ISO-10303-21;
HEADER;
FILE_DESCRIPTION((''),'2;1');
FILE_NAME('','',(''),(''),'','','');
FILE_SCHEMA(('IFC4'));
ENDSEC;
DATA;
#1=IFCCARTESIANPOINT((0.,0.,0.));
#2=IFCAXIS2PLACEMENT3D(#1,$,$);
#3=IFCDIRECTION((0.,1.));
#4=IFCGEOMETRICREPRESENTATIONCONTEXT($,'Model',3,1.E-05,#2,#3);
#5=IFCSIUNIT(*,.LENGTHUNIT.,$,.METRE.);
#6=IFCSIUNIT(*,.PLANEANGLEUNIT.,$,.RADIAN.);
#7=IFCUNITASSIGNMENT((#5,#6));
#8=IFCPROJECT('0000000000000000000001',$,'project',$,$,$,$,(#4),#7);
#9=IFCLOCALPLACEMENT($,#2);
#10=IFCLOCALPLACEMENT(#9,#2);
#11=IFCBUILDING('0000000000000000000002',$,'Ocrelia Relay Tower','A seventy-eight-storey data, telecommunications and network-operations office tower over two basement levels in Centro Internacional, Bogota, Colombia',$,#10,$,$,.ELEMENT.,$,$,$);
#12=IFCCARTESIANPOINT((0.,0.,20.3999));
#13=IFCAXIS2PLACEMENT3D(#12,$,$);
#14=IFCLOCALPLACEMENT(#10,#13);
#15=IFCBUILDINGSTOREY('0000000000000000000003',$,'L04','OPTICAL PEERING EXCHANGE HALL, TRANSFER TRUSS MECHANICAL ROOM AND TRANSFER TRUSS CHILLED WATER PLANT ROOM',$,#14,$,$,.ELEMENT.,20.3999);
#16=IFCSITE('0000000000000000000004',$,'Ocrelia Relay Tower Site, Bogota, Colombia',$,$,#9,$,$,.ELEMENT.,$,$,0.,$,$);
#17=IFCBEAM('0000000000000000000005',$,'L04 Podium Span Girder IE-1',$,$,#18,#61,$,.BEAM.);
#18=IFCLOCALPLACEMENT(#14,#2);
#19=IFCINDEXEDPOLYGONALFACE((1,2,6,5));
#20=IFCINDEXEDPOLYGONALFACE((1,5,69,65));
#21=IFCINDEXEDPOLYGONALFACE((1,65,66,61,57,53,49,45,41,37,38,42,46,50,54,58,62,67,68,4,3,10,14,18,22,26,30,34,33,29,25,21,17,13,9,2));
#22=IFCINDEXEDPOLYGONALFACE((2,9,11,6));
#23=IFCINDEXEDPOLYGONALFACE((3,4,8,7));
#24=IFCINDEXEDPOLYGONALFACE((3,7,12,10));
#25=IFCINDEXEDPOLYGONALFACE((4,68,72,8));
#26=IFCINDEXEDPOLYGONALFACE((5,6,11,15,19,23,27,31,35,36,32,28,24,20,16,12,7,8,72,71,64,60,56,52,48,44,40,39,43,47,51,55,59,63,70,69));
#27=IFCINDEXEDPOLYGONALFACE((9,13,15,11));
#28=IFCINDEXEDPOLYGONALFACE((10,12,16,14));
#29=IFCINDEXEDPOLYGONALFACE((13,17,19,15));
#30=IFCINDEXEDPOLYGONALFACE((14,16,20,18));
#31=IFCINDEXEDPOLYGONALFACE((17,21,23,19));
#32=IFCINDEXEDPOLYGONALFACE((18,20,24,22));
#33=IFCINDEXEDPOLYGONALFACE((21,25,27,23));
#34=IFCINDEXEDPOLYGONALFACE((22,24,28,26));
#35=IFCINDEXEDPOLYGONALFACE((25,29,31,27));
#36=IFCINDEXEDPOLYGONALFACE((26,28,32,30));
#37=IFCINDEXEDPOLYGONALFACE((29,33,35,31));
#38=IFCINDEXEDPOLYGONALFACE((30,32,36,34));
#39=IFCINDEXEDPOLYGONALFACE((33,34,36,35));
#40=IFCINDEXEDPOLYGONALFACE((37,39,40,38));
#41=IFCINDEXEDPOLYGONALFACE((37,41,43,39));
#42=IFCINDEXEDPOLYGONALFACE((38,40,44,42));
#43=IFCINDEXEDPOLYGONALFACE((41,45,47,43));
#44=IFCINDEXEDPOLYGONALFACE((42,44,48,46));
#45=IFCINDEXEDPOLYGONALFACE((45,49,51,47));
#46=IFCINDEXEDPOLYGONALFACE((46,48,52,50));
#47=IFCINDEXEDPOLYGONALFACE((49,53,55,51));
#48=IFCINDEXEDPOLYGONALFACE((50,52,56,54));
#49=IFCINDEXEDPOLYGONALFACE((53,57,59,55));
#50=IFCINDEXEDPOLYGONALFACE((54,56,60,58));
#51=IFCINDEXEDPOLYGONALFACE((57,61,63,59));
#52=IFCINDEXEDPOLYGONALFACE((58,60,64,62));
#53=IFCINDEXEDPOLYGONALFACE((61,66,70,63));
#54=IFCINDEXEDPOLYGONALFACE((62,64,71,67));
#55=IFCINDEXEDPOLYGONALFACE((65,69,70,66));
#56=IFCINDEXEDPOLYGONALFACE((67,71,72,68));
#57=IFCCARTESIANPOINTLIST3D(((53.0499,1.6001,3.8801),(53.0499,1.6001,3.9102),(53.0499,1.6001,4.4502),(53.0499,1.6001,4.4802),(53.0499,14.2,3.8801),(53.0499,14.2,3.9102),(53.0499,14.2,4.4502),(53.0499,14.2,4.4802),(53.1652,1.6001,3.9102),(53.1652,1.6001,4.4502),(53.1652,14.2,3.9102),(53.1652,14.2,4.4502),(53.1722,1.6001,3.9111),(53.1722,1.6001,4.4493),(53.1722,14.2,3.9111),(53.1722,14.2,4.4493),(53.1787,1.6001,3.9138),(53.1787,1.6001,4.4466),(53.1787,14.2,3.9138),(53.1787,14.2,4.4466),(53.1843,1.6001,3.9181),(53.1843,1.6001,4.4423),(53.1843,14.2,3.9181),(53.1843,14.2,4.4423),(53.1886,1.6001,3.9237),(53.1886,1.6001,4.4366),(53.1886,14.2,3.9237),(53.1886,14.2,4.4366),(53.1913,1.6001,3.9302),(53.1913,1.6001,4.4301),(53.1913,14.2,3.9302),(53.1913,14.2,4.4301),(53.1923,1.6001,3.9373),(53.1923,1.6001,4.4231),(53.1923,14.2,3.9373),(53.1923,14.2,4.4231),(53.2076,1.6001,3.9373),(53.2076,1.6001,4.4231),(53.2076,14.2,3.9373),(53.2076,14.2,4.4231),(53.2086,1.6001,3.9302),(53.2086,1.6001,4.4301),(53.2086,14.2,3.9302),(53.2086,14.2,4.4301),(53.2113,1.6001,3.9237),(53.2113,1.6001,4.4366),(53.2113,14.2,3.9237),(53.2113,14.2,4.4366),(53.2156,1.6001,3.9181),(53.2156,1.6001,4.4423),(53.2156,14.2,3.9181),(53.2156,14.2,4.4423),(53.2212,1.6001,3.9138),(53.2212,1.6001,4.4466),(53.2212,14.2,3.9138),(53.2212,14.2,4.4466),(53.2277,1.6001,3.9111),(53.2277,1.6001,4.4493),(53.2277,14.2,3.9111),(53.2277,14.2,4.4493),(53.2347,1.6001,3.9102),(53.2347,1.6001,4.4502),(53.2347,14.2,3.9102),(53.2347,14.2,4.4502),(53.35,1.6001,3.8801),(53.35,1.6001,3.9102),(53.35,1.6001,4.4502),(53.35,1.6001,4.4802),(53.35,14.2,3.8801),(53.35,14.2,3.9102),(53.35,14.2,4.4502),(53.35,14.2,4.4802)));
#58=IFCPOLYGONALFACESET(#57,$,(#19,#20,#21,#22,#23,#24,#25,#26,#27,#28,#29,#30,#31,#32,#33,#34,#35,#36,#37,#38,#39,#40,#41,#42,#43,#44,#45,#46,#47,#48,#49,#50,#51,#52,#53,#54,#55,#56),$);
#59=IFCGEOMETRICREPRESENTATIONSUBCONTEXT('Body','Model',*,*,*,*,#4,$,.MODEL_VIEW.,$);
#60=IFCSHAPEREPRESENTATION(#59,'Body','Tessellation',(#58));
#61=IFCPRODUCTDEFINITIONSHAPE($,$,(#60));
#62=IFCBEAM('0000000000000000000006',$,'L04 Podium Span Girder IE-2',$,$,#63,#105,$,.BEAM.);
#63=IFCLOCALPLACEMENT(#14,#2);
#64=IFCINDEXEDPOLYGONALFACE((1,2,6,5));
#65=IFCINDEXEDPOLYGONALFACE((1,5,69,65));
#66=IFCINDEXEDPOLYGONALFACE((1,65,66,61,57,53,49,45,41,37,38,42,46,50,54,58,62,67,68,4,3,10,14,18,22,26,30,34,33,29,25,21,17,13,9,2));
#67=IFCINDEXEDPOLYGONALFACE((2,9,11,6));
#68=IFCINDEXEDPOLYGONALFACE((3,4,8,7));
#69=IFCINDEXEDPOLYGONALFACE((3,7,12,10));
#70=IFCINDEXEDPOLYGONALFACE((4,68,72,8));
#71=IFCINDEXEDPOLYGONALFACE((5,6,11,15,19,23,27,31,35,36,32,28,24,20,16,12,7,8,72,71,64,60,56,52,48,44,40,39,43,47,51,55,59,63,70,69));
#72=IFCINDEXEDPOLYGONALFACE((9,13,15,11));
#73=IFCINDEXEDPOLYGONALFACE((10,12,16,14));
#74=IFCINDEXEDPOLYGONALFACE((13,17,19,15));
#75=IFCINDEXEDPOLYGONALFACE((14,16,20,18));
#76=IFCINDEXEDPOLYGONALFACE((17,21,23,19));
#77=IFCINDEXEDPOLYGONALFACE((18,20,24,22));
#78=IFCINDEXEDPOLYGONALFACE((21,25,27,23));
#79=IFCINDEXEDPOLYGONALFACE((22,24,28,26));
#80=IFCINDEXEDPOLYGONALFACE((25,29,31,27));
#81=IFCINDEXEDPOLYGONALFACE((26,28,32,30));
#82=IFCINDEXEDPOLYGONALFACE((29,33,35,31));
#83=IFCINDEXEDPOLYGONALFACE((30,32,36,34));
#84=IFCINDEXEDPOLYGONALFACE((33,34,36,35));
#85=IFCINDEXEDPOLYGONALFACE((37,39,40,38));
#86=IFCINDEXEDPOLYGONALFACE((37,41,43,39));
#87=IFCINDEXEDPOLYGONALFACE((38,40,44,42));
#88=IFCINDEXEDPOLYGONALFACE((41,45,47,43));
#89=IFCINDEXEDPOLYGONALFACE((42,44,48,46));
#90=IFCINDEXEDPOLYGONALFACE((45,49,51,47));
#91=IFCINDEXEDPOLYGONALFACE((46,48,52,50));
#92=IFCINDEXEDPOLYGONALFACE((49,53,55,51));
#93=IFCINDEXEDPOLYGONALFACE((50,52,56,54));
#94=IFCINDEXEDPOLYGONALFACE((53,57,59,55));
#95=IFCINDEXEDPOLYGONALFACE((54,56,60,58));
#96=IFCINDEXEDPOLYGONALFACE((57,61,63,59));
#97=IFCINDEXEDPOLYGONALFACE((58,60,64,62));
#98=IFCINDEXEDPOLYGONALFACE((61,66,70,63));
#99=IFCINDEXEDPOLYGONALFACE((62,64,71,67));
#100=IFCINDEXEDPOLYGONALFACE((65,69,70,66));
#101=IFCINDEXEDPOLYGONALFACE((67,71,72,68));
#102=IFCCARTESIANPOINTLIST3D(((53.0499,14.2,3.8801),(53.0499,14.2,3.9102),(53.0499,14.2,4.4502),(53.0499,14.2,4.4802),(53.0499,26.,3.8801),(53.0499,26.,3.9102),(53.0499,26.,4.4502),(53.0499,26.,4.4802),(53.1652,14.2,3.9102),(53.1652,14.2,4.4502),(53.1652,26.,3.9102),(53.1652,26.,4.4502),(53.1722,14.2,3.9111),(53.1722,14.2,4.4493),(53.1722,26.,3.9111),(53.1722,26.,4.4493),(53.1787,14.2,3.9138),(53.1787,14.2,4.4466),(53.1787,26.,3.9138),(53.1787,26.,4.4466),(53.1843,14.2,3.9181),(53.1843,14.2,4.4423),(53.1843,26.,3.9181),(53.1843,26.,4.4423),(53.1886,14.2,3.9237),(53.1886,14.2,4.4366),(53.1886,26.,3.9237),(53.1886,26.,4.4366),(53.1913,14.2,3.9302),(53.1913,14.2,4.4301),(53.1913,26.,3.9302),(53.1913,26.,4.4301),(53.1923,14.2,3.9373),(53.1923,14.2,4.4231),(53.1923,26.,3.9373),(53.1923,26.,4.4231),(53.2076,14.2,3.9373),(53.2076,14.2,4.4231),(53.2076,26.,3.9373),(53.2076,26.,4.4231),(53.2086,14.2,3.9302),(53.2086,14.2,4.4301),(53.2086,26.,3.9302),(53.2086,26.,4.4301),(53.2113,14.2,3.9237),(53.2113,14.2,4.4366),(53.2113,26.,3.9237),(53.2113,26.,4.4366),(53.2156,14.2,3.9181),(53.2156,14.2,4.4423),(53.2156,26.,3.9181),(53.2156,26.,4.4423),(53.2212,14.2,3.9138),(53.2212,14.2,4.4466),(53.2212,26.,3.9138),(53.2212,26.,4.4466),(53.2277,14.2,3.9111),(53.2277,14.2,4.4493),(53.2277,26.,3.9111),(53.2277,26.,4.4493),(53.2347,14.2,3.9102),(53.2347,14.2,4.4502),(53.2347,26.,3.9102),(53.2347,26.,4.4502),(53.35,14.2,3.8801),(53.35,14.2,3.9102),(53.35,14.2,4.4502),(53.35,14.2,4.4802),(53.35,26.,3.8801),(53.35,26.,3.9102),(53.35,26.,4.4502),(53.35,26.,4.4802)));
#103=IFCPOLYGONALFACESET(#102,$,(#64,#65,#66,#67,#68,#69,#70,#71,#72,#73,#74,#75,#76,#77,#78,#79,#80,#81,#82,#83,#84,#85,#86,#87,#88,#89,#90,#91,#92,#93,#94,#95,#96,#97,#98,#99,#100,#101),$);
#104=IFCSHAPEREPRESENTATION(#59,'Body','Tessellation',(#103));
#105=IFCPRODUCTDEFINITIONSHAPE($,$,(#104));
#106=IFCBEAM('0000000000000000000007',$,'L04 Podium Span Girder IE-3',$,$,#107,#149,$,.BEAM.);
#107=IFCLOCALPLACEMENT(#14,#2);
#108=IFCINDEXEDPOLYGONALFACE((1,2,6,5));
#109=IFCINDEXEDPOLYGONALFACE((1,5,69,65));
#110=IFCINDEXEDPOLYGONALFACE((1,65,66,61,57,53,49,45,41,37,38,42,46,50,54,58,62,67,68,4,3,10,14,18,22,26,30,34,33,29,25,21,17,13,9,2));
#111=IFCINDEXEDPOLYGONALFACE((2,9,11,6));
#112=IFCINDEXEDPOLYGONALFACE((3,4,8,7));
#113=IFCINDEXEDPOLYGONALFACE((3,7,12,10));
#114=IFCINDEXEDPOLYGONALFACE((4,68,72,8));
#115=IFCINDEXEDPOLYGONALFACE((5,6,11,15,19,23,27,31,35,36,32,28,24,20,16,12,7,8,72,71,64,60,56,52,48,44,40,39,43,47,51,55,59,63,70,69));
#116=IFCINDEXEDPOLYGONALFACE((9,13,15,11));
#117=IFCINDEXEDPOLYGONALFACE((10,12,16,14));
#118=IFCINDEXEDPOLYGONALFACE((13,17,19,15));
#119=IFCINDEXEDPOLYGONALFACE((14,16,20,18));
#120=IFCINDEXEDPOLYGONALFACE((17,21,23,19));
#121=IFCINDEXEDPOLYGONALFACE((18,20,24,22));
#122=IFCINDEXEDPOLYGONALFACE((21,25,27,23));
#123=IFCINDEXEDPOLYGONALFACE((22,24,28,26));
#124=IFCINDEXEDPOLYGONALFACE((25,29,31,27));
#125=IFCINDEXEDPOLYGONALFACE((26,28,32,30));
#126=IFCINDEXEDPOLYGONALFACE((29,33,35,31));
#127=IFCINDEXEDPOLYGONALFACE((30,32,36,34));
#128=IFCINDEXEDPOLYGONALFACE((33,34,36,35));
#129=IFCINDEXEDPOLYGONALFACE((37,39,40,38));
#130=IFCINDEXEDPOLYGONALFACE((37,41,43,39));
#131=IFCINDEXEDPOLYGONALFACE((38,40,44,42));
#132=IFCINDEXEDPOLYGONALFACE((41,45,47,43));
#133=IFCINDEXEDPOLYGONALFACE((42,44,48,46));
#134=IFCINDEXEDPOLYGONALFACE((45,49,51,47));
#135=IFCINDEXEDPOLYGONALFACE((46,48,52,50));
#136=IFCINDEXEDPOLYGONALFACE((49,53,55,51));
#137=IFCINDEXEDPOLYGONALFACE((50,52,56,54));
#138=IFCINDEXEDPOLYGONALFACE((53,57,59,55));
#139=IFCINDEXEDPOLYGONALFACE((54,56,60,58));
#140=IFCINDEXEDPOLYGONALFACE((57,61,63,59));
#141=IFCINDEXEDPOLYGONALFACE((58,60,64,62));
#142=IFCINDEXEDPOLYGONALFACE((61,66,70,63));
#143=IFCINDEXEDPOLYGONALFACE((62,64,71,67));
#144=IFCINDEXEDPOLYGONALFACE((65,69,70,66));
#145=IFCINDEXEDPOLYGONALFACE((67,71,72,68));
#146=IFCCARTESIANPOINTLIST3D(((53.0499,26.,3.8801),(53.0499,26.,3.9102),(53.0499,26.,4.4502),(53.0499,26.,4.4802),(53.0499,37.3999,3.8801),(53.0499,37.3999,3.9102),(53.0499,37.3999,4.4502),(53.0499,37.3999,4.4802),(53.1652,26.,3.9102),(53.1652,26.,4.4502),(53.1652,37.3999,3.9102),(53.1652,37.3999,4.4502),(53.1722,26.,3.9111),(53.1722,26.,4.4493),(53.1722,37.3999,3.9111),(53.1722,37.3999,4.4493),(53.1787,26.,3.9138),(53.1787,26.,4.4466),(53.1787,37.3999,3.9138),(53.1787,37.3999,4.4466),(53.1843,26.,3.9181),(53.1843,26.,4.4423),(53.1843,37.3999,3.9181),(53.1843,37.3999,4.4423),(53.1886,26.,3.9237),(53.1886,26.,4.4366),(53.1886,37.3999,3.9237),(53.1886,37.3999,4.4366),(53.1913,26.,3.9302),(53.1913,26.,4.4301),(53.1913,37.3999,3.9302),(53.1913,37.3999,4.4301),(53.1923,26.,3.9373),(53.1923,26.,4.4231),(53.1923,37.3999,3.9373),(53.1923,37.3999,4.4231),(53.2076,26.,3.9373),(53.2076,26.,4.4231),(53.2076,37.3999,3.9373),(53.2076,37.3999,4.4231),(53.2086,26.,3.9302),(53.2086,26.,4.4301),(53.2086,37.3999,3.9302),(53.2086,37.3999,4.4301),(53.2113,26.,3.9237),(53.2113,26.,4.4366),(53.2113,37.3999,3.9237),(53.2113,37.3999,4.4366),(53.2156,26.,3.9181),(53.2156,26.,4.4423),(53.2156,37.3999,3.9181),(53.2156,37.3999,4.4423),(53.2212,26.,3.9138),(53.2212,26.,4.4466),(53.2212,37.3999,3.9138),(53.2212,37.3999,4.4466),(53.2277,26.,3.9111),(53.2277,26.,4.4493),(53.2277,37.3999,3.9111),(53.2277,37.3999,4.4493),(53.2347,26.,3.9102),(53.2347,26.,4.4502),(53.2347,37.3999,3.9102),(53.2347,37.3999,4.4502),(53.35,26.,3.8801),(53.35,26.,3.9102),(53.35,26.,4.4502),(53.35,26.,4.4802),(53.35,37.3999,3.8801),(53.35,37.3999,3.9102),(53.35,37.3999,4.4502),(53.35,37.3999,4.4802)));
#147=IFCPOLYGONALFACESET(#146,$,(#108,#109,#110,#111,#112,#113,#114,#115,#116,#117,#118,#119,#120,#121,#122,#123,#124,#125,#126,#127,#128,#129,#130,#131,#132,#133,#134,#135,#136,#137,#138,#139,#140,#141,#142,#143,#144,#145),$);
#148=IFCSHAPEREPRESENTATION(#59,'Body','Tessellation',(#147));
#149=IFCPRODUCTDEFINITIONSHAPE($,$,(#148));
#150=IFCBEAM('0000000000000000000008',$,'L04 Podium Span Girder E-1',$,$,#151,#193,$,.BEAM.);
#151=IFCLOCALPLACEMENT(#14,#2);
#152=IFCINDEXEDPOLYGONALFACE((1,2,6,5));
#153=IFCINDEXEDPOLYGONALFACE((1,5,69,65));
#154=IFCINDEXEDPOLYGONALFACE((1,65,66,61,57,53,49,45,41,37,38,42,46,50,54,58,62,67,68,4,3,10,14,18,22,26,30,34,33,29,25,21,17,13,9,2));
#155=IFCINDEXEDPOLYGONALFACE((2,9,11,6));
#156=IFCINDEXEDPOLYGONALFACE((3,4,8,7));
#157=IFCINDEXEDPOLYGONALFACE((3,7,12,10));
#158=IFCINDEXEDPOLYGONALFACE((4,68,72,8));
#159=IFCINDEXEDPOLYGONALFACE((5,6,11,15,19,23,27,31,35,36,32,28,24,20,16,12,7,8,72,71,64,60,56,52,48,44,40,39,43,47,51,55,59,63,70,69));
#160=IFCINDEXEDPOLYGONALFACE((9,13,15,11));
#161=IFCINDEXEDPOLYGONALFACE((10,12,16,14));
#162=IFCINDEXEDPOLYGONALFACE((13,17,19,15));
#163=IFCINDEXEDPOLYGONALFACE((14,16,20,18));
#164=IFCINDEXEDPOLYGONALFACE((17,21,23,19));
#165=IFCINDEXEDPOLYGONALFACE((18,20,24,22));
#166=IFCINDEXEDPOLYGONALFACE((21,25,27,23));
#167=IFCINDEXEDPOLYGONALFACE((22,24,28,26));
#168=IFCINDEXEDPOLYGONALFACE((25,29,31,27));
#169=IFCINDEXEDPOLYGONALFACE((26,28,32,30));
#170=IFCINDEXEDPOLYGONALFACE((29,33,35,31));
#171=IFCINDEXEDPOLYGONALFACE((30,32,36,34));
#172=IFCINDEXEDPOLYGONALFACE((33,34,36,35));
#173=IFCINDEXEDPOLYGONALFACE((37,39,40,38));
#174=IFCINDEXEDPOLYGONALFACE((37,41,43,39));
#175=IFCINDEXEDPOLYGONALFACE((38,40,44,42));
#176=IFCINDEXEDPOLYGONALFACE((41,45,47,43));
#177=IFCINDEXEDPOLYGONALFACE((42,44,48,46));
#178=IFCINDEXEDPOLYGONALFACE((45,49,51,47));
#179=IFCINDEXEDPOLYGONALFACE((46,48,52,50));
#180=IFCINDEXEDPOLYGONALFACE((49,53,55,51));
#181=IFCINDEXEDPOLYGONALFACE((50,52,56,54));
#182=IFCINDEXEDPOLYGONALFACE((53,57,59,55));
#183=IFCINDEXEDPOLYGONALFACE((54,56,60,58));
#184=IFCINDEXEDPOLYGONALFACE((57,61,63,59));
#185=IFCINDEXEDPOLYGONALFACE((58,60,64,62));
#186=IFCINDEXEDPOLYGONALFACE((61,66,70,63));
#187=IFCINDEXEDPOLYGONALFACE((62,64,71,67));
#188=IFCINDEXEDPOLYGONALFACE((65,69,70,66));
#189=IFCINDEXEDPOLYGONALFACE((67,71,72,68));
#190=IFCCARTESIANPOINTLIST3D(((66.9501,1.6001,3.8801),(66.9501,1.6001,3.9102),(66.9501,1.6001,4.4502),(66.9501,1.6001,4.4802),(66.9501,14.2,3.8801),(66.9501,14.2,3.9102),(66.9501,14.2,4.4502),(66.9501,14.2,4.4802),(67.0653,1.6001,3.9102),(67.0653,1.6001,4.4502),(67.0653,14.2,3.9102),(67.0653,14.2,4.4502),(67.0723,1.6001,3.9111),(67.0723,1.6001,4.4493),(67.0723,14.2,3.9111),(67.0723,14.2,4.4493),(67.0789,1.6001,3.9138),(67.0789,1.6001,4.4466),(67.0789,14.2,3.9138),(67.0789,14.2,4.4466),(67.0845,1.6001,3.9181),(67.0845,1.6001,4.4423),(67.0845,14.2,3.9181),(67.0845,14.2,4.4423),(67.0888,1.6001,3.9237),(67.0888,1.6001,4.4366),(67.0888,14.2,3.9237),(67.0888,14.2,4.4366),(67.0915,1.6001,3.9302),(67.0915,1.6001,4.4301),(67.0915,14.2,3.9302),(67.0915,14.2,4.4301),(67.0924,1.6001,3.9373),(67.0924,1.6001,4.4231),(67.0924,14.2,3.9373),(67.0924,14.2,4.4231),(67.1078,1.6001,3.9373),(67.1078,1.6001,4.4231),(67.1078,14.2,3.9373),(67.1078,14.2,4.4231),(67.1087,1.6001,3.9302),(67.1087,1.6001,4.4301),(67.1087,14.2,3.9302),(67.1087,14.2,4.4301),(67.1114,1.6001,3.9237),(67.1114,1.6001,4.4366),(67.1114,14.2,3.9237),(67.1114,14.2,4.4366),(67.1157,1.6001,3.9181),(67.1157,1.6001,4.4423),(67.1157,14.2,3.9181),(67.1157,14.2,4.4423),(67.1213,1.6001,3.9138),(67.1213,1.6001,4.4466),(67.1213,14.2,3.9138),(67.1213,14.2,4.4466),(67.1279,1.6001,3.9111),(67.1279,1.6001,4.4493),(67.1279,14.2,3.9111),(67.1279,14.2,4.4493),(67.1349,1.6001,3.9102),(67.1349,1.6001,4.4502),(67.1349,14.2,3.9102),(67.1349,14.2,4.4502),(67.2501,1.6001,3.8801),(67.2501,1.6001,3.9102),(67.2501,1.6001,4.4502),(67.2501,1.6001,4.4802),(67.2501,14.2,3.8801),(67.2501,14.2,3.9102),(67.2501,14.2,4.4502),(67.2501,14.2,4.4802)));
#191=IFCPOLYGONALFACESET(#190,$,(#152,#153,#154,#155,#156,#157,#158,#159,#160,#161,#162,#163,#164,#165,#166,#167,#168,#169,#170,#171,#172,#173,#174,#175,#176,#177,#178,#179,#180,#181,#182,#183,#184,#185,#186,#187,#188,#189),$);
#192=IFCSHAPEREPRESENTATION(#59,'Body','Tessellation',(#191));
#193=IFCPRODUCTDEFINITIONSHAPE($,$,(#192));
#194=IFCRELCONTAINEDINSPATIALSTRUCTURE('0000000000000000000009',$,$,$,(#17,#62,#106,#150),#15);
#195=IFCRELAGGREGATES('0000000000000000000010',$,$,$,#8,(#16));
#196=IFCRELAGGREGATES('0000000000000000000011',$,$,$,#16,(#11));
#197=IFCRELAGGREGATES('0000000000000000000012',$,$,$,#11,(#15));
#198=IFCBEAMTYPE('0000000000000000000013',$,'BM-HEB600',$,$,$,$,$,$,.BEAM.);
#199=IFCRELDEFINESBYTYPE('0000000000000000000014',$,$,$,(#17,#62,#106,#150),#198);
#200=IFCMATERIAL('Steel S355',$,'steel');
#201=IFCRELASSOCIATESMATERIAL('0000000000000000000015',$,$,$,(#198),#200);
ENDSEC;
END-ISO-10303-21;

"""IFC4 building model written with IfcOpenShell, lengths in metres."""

from ifc_helpers import new_model, si_unit, direction, frame, origin, origin_2d, place, context, subcontext, project, spatial, i_section, extrude, material, material_profile, profile_set, type_object, element, save


model = new_model("IFC4")

# Units and contexts
model_context = context("Model", 3, precision=1e-05, world=origin(), true_north=direction((0.0, 1.0)))
body_context = subcontext(model_context, "Body", "Model", "MODEL_VIEW")
ifc_project = project(units=[si_unit("LENGTHUNIT", "METRE"), si_unit("PLANEANGLEUNIT", "RADIAN")], contexts=[model_context])

# Site, building, storey
site_placement = place(None, origin())
site = spatial("IfcSite", under=ifc_project, at=site_placement, Name="Ocrelia Relay Tower Site, Bogota, Colombia", CompositionType="ELEMENT", RefElevation=0.0)
building_placement = place(site_placement, origin())
building = spatial("IfcBuilding", under=site, at=building_placement, Name="Ocrelia Relay Tower", Description="A seventy-eight-storey data, telecommunications and network-operations office tower over two basement levels in Centro Internacional, Bogota, Colombia", CompositionType="ELEMENT")
storey_placement = place(building_placement, frame((0.0, 0.0, 20.3999)))
storey = spatial("IfcBuildingStorey", under=building, at=storey_placement, Name="L04", Description="OPTICAL PEERING EXCHANGE HALL, TRANSFER TRUSS MECHANICAL ROOM AND TRANSFER TRUSS CHILLED WATER PLANT ROOM", CompositionType="ELEMENT", Elevation=20.3999)

# Beams
ifc_material_1 = material(Name="Steel S355", Category="steel")
ifc_material_profile_1 = material_profile(ifc_material_1, i_section(OverallWidth=0.3, OverallDepth=0.6001, WebThickness=0.0154, FlangeThickness=0.03, FilletRadius=0.0271, at=origin_2d()), Name="HEB 600")
ifc_profile_set_1 = profile_set([ifc_material_profile_1], Name="Steel S355")
beam_type_1 = type_object("IfcBeamType", Name="BM-HEB600", PredefinedType="BEAM", material=ifc_profile_set_1)
beam_1_placement = place(storey_placement, frame((53.2, 1.6001, 4.1802), z_axis=(0.0, 1.0, 0.0), x_axis=(-1.0, 0.0, 0.0)))
element("IfcBeam", 1, at=beam_1_placement, inside=storey, type_object=beam_type_1, Name="L04 Podium Span Girder IE-1", PredefinedType="BEAM", context=body_context, shape_type="SweptSolid", body=[
    extrude(i_section(OverallWidth=0.3, OverallDepth=0.6001, WebThickness=0.0154, FlangeThickness=0.03, FilletRadius=0.0271, at=origin_2d()), origin(), (0.0, 0.0, 1.0), 12.5999),
])
beam_2_placement = place(storey_placement, frame((53.2, 14.2, 4.1802), z_axis=(0.0, 1.0, 0.0), x_axis=(-1.0, 0.0, 0.0)))
element("IfcBeam", 2, at=beam_2_placement, inside=storey, type_object=beam_type_1, Name="L04 Podium Span Girder IE-2", PredefinedType="BEAM", context=body_context, shape_type="SweptSolid", body=[
    extrude(i_section(OverallWidth=0.3, OverallDepth=0.6001, WebThickness=0.0154, FlangeThickness=0.03, FilletRadius=0.0271, at=origin_2d()), origin(), (0.0, 0.0, 1.0), 11.8),
])
beam_3_placement = place(storey_placement, frame((53.2, 26.0, 4.1802), z_axis=(0.0, 1.0, 0.0), x_axis=(-1.0, 0.0, 0.0)))
element("IfcBeam", 3, at=beam_3_placement, inside=storey, type_object=beam_type_1, Name="L04 Podium Span Girder IE-3", PredefinedType="BEAM", context=body_context, shape_type="SweptSolid", body=[
    extrude(i_section(OverallWidth=0.3, OverallDepth=0.6001, WebThickness=0.0154, FlangeThickness=0.03, FilletRadius=0.0271, at=origin_2d()), origin(), (0.0, 0.0, 1.0), 11.3999),
])
beam_4_placement = place(storey_placement, frame((67.1001, 1.6001, 4.1802), z_axis=(0.0, 1.0, 0.0), x_axis=(-1.0, 0.0, 0.0)))
element("IfcBeam", 4, at=beam_4_placement, inside=storey, type_object=beam_type_1, Name="L04 Podium Span Girder E-1", PredefinedType="BEAM", context=body_context, shape_type="SweptSolid", body=[
    extrude(i_section(OverallWidth=0.3, OverallDepth=0.6001, WebThickness=0.0154, FlangeThickness=0.03, FilletRadius=0.0271, at=origin_2d()), origin(), (0.0, 0.0, 1.0), 12.5999),
])

save(model, "model.ifc")
